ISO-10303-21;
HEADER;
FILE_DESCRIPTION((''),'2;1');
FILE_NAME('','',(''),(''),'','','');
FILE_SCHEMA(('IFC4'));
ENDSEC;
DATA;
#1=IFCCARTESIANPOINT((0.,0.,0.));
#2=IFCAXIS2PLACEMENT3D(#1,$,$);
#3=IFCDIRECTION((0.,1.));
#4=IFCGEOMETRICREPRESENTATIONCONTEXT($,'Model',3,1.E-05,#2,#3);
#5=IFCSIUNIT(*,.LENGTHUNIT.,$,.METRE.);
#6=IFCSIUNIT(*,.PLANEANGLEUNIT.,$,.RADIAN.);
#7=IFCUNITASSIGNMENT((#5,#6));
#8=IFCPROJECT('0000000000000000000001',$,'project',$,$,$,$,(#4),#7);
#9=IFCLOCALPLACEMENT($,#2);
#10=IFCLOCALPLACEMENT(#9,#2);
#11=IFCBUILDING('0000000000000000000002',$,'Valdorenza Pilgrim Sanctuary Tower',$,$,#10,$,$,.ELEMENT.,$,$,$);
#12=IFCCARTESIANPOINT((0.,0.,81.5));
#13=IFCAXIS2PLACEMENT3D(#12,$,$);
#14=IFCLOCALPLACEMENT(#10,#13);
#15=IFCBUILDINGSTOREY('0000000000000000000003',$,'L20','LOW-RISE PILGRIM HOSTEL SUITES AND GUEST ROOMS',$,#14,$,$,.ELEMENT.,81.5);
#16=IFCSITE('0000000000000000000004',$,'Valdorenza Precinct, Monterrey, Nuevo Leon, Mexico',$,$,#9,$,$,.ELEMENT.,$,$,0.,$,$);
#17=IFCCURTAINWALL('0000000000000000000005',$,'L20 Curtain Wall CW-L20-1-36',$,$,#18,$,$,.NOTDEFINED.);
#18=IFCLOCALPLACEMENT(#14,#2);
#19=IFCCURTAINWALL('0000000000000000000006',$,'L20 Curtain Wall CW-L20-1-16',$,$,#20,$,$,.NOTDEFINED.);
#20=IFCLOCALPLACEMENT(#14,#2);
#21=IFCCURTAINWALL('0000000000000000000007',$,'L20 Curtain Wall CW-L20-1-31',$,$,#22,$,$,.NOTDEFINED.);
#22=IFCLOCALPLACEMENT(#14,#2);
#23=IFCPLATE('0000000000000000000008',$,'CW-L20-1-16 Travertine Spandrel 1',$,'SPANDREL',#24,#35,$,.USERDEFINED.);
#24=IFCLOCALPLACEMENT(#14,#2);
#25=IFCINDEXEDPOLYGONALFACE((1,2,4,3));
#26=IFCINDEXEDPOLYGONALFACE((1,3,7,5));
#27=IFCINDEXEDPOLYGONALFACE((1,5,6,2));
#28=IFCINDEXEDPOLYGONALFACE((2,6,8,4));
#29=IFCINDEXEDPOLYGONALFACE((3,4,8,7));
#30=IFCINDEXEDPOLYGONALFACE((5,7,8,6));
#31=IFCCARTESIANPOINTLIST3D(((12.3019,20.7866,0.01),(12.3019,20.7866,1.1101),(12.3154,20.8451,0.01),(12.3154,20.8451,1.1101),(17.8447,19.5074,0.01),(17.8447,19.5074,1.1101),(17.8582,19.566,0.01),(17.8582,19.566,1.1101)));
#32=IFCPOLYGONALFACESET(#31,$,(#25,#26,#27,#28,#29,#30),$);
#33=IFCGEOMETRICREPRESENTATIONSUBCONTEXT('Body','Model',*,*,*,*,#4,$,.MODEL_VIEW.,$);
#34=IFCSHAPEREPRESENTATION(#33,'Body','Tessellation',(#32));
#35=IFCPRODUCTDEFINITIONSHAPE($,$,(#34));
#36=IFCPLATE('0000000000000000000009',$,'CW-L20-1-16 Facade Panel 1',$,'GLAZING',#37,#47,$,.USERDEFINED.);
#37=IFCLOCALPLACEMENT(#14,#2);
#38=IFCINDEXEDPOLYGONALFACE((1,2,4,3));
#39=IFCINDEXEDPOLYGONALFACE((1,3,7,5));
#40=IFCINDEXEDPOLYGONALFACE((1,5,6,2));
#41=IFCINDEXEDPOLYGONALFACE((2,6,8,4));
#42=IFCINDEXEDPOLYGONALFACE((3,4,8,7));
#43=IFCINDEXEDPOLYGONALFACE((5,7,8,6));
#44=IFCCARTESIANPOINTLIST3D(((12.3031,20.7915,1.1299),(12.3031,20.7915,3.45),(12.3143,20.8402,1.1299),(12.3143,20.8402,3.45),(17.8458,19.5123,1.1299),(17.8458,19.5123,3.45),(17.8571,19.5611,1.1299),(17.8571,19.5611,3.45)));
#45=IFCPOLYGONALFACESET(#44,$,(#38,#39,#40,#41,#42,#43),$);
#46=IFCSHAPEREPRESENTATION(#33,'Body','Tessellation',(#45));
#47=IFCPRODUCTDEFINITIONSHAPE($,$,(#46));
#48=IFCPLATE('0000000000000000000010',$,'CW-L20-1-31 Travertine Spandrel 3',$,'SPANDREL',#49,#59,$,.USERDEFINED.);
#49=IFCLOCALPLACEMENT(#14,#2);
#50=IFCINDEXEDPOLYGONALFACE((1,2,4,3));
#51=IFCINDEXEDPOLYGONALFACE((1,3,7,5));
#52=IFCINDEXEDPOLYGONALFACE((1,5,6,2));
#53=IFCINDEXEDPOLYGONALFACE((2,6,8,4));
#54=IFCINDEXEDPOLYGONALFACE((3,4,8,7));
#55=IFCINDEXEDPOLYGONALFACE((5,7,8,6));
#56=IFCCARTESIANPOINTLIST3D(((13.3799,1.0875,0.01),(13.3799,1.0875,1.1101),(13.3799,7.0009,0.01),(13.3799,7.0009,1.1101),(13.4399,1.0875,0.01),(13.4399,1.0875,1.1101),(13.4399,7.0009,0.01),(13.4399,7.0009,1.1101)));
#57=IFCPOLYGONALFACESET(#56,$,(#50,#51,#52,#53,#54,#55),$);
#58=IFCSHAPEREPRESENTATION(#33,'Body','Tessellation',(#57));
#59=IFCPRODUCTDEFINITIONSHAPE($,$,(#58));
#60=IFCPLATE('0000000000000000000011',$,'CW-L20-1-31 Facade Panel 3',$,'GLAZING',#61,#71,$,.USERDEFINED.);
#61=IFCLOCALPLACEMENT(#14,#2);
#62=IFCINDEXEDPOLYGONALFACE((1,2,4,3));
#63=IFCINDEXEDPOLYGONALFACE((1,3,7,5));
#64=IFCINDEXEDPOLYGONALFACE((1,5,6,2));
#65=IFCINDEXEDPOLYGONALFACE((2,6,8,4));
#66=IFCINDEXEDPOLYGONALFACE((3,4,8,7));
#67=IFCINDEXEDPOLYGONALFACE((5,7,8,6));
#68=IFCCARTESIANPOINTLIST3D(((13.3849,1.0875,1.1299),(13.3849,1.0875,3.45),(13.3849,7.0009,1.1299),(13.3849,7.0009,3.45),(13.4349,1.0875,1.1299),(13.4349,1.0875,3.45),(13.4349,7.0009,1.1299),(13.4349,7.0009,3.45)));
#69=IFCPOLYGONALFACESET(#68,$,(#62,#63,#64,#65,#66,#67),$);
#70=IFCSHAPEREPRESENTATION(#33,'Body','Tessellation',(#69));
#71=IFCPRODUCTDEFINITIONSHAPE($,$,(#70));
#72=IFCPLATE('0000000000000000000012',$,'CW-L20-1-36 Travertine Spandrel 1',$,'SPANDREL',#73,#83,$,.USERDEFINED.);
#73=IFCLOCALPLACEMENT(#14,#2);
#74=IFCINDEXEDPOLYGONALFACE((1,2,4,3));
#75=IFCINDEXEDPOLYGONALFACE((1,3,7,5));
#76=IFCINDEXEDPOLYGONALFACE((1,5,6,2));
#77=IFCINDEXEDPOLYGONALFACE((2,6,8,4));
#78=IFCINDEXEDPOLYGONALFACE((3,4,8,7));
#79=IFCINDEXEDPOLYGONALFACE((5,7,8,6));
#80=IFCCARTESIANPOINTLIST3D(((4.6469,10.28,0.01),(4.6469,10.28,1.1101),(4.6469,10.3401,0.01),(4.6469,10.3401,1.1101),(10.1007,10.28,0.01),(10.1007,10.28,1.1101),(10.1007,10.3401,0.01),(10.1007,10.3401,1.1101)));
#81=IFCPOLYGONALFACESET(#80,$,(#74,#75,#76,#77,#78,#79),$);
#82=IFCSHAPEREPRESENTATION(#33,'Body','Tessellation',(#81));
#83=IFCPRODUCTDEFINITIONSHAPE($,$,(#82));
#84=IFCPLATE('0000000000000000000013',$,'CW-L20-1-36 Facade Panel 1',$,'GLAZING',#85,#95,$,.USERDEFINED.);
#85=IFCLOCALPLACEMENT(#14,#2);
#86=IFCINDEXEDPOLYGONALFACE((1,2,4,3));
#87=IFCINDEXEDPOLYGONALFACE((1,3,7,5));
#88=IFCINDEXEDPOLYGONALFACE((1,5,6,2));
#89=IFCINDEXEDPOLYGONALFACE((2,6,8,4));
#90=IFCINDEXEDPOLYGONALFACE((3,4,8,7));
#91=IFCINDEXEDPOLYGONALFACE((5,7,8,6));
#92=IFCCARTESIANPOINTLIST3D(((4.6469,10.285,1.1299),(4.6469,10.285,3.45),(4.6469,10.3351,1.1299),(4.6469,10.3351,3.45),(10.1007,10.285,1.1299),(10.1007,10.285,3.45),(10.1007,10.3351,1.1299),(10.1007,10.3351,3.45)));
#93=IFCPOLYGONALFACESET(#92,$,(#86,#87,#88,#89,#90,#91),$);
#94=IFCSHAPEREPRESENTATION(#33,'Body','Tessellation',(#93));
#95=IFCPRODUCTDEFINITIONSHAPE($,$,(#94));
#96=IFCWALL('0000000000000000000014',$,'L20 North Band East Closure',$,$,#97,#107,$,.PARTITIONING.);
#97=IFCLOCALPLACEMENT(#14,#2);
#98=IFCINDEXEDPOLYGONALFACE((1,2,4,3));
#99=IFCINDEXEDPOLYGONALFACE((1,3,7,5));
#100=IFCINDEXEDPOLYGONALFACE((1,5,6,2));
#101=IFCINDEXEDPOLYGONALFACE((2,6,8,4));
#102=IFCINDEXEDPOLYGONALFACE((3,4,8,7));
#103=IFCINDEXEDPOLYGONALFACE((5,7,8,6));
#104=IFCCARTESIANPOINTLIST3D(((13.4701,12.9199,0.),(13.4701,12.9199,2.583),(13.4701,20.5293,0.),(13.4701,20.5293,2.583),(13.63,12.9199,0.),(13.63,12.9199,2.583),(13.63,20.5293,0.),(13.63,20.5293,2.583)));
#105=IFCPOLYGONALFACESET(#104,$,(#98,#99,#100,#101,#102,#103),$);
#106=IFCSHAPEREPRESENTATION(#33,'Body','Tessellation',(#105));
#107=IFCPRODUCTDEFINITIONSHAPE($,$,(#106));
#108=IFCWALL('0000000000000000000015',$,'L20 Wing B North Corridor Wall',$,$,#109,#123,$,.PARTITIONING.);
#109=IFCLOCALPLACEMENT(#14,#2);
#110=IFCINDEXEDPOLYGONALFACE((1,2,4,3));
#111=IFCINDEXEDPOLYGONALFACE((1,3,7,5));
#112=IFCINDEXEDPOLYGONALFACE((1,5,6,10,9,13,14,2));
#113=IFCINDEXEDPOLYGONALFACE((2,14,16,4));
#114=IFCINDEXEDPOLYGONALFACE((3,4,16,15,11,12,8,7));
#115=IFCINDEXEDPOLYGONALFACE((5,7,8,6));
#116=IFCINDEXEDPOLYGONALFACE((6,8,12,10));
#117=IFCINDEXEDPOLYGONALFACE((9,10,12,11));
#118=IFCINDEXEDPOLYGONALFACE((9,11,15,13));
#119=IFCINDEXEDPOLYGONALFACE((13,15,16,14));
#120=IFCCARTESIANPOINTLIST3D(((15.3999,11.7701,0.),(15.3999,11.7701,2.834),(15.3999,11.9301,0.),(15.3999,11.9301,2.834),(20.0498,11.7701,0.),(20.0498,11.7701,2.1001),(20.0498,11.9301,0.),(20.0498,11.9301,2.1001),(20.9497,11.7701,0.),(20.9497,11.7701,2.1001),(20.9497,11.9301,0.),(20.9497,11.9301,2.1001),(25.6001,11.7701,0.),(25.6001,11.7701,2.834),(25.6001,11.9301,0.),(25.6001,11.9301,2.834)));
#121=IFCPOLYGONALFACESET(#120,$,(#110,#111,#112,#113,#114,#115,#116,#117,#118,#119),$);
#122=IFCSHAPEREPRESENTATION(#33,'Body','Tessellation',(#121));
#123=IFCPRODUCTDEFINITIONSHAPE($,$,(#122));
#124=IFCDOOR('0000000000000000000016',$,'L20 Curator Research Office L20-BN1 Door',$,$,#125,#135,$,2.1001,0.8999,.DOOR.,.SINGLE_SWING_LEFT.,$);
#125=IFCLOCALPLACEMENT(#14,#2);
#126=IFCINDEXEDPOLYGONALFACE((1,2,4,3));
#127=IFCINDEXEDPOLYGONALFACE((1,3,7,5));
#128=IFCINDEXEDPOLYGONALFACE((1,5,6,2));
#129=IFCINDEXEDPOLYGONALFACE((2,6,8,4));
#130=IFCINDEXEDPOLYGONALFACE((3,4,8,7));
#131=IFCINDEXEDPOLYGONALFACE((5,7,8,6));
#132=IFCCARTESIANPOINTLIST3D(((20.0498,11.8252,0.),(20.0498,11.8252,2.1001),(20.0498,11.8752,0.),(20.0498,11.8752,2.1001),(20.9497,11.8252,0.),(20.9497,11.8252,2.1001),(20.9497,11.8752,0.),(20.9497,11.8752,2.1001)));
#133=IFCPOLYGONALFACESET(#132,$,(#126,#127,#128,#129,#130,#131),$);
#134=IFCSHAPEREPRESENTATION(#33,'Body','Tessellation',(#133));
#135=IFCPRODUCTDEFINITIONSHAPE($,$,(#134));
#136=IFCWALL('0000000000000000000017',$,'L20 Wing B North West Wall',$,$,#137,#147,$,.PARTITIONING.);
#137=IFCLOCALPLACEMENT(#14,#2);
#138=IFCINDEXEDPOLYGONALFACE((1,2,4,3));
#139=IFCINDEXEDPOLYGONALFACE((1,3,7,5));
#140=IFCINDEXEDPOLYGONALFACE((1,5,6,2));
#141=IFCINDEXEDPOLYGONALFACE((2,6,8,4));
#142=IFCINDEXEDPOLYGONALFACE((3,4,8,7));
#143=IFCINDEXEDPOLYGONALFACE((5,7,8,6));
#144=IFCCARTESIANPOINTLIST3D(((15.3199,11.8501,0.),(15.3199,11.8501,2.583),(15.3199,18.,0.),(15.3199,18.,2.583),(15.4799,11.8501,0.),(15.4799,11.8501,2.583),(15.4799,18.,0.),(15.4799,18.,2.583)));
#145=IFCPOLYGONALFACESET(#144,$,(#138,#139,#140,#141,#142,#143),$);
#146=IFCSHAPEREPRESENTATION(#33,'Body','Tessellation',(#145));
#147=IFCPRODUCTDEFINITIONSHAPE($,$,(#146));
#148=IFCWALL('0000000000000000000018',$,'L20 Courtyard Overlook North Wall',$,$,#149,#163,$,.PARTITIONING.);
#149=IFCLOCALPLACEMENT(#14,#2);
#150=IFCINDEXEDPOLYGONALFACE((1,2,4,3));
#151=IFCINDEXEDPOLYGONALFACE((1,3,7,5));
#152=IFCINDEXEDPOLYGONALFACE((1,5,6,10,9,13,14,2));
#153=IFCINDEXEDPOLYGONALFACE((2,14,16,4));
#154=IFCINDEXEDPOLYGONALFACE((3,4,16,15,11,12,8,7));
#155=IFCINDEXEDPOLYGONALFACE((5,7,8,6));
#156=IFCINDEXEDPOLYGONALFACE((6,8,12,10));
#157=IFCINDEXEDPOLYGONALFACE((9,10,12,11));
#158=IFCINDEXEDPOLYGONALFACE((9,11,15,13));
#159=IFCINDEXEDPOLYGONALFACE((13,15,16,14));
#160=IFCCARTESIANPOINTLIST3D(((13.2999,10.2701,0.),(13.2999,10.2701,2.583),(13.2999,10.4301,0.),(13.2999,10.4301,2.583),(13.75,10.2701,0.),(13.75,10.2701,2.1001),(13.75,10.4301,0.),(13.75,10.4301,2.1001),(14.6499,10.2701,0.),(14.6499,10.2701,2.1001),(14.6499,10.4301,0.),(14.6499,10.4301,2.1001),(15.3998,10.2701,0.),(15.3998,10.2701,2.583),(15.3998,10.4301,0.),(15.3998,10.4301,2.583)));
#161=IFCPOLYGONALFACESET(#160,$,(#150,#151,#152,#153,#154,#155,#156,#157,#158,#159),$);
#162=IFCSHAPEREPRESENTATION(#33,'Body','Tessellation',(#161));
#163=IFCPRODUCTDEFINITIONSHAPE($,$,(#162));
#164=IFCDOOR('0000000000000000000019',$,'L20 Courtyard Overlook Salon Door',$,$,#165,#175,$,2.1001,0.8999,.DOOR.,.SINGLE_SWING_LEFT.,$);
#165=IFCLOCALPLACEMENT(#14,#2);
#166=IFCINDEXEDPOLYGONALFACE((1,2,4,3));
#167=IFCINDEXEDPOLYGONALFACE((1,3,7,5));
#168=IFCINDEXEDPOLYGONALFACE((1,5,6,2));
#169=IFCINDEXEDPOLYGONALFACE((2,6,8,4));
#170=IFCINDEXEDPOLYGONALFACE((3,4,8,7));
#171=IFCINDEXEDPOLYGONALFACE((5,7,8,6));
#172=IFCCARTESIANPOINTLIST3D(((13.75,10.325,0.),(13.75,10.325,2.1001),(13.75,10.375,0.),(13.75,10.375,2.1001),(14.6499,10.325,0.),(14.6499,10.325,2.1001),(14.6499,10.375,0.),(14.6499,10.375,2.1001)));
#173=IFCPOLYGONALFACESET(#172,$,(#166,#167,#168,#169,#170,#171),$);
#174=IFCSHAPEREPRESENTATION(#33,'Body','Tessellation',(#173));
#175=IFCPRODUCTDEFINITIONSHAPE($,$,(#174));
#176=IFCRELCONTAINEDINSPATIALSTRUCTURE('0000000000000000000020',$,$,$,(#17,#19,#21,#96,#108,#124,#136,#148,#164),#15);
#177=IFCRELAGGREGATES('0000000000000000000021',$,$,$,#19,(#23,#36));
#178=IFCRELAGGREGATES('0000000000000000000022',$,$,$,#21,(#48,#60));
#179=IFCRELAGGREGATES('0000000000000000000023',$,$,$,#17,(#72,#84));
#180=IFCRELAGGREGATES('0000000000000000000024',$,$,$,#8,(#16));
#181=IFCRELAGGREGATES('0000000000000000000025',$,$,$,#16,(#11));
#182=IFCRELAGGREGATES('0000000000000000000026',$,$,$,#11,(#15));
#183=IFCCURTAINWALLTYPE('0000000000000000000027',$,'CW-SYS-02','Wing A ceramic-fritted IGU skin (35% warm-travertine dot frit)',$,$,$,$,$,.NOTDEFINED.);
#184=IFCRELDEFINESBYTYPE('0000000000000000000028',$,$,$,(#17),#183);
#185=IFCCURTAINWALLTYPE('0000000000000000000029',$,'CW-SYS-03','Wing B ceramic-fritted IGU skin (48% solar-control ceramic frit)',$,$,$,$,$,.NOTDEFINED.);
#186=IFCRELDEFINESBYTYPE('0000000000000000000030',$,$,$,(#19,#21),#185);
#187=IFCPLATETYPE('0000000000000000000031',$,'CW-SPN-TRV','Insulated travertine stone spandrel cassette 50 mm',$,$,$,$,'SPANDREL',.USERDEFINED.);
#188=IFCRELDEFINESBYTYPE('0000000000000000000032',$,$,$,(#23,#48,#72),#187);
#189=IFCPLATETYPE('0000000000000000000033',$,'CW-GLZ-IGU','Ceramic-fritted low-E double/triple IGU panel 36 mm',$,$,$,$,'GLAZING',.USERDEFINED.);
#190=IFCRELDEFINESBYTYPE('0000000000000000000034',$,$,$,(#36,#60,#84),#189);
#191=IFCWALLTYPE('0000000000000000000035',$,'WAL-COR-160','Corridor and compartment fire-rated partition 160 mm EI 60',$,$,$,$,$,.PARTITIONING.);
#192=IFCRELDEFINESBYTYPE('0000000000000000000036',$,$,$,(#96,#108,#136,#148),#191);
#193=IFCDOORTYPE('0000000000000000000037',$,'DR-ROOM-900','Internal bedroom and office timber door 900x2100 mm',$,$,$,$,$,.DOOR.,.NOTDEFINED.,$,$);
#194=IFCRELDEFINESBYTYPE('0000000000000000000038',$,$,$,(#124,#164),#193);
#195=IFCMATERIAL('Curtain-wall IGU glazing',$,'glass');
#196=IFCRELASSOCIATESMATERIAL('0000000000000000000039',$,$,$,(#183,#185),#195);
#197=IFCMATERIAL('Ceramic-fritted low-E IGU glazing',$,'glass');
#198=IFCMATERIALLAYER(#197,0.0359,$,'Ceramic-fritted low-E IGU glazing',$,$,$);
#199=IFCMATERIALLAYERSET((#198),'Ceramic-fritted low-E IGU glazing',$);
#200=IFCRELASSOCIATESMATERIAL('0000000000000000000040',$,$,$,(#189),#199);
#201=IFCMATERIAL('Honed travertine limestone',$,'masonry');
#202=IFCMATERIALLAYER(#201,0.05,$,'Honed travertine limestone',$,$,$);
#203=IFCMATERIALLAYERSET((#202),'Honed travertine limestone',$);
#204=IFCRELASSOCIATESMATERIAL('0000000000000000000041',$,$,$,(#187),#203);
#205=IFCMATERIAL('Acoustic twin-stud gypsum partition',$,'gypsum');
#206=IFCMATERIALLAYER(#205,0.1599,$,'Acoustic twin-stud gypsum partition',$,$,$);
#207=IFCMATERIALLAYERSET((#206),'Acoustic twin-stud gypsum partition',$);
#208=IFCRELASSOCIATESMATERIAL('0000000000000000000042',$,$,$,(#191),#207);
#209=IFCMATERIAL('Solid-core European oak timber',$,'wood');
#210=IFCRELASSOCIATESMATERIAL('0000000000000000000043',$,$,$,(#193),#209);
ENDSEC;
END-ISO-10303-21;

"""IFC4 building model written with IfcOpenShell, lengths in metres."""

from ifc_helpers import new_model, si_unit, direction, frame, frame_2d, origin, origin_2d, place, context, subcontext, project, spatial, rectangle, extrude, source, transform, mapped, material, layer, layer_set, type_object, element, fill, aggregate, save


model = new_model("IFC4")

# Units and contexts
model_context = context("Model", 3, precision=1e-05, world=origin(), true_north=direction((0.0, 1.0)))
body_context = subcontext(model_context, "Body", "Model", "MODEL_VIEW")
ifc_project = project(units=[si_unit("LENGTHUNIT", "METRE"), si_unit("PLANEANGLEUNIT", "RADIAN")], contexts=[model_context])

# Site, building, storey
site_placement = place(None, origin())
site = spatial("IfcSite", under=ifc_project, at=site_placement, Name="Valdorenza Precinct, Monterrey, Nuevo Leon, Mexico", CompositionType="ELEMENT", RefElevation=0.0)
building_placement = place(site_placement, origin())
building = spatial("IfcBuilding", under=site, at=building_placement, Name="Valdorenza Pilgrim Sanctuary Tower", CompositionType="ELEMENT")
storey_placement = place(building_placement, frame((0.0, 0.0, 81.5)))
storey = spatial("IfcBuildingStorey", under=building, at=storey_placement, Name="L20", Description="LOW-RISE PILGRIM HOSTEL SUITES AND GUEST ROOMS", CompositionType="ELEMENT", Elevation=81.5)

# Curtain wall
ifc_material_1 = material(Name="Curtain-wall IGU glazing", Category="glass")
curtain_wall_type_1 = type_object("IfcCurtainWallType", Name="CW-SYS-02", Description="Wing A ceramic-fritted IGU skin (35% warm-travertine dot frit)", PredefinedType="NOTDEFINED", material=ifc_material_1)
curtain_wall_1_placement = place(storey_placement, origin())
curtain_wall_1 = element("IfcCurtainWall", 1, at=curtain_wall_1_placement, inside=storey, type_object=curtain_wall_type_1, Name="L20 Curtain Wall CW-L20-1-36", PredefinedType="NOTDEFINED")

# Curtain wall
curtain_wall_type_2 = type_object("IfcCurtainWallType", Name="CW-SYS-03", Description="Wing B ceramic-fritted IGU skin (48% solar-control ceramic frit)", PredefinedType="NOTDEFINED", material=ifc_material_1)
curtain_wall_2_placement = place(storey_placement, origin())
curtain_wall_2 = element("IfcCurtainWall", 2, at=curtain_wall_2_placement, inside=storey, type_object=curtain_wall_type_2, Name="L20 Curtain Wall CW-L20-1-16", PredefinedType="NOTDEFINED")

# Curtain wall
curtain_wall_3_placement = place(storey_placement, origin())
curtain_wall_3 = element("IfcCurtainWall", 3, at=curtain_wall_3_placement, inside=storey, type_object=curtain_wall_type_2, Name="L20 Curtain Wall CW-L20-1-31", PredefinedType="NOTDEFINED")

# Plates
ifc_material_2 = material(Name="Ceramic-fritted low-E IGU glazing", Category="glass")
ifc_layer_1 = layer(ifc_material_2, 0.0359, Name="Ceramic-fritted low-E IGU glazing")
ifc_layer_set_1 = layer_set([ifc_layer_1], Name="Ceramic-fritted low-E IGU glazing")
plate_type_1 = type_object("IfcPlateType", Name="CW-GLZ-IGU", Description="Ceramic-fritted low-E double/triple IGU panel 36 mm", ElementType="GLAZING", PredefinedType="USERDEFINED", material=ifc_layer_set_1)
ifc_material_3 = material(Name="Honed travertine limestone", Category="masonry")
ifc_layer_2 = layer(ifc_material_3, 0.05, Name="Honed travertine limestone")
ifc_layer_set_2 = layer_set([ifc_layer_2], Name="Honed travertine limestone")
plate_type_2 = type_object("IfcPlateType", Name="CW-SPN-TRV", Description="Insulated travertine stone spandrel cassette 50 mm", ElementType="SPANDREL", PredefinedType="USERDEFINED", material=ifc_layer_set_2)
shared_shape_1 = source(origin(), body_context, "Body", "SweptSolid", [
    extrude(rectangle(XDim=5.6885, YDim=0.0601, at=origin_2d()), origin(), (0.0, 0.0, 1.0), 1.1001),
])
plate_1_placement = place(storey_placement, frame((15.0801, 20.1763, 0.01), z_axis=(0.0, 0.0, 1.0), x_axis=(0.97439, -0.224866, 0.0)))
plate_1 = element("IfcPlate", 4, at=plate_1_placement, type_object=plate_type_2, Name="CW-L20-1-16 Travertine Spandrel 1", ObjectType="SPANDREL", PredefinedType="USERDEFINED", context=body_context, shape_type="MappedRepresentation", body=[
    mapped(shared_shape_1, transform((0.0, 0.0, 0.0), x_axis=(1.0, 0.0, 0.0), y_axis=(0.0, 1.0, 0.0), z_axis=(0.0, 0.0, 1.0), scale=1.0)),
])
shared_shape_2 = source(origin(), body_context, "Body", "SweptSolid", [
    extrude(rectangle(XDim=5.6885, YDim=0.05, at=origin_2d()), origin(), (0.0, 0.0, 1.0), 2.3201),
])
plate_2_placement = place(storey_placement, frame((15.0801, 20.1763, 1.1299), z_axis=(0.0, 0.0, 1.0), x_axis=(0.97439, -0.224866, 0.0)))
plate_2 = element("IfcPlate", 5, at=plate_2_placement, type_object=plate_type_1, Name="CW-L20-1-16 Facade Panel 1", ObjectType="GLAZING", PredefinedType="USERDEFINED", context=body_context, shape_type="MappedRepresentation", body=[
    mapped(shared_shape_2, transform((0.0, 0.0, 0.0), x_axis=(1.0, 0.0, 0.0), y_axis=(0.0, 1.0, 0.0), z_axis=(0.0, 0.0, 1.0), scale=1.0)),
])
aggregate(curtain_wall_2, [plate_1, plate_2])
shared_shape_3 = source(origin(), body_context, "Body", "SweptSolid", [
    extrude(rectangle(XDim=5.9133, YDim=0.0601, at=origin_2d()), origin(), (0.0, 0.0, 1.0), 1.1001),
])
plate_3_placement = place(storey_placement, frame((13.4099, 4.0442, 0.01), z_axis=(0.0, 0.0, 1.0), x_axis=(0.0, 1.0, 0.0)))
plate_3 = element("IfcPlate", 6, at=plate_3_placement, type_object=plate_type_2, Name="CW-L20-1-31 Travertine Spandrel 3", ObjectType="SPANDREL", PredefinedType="USERDEFINED", context=body_context, shape_type="MappedRepresentation", body=[
    mapped(shared_shape_3, transform((0.0, 0.0, 0.0), x_axis=(1.0, 0.0, 0.0), y_axis=(0.0, 1.0, 0.0), z_axis=(0.0, 0.0, 1.0), scale=1.0)),
])
shared_shape_4 = source(origin(), body_context, "Body", "SweptSolid", [
    extrude(rectangle(XDim=5.9133, YDim=0.05, at=origin_2d()), origin(), (0.0, 0.0, 1.0), 2.3201),
])
plate_4_placement = place(storey_placement, frame((13.4099, 4.0442, 1.1299), z_axis=(0.0, 0.0, 1.0), x_axis=(0.0, 1.0, 0.0)))
plate_4 = element("IfcPlate", 7, at=plate_4_placement, type_object=plate_type_1, Name="CW-L20-1-31 Facade Panel 3", ObjectType="GLAZING", PredefinedType="USERDEFINED", context=body_context, shape_type="MappedRepresentation", body=[
    mapped(shared_shape_4, transform((0.0, 0.0, 0.0), x_axis=(1.0, 0.0, 0.0), y_axis=(0.0, 1.0, 0.0), z_axis=(0.0, 0.0, 1.0), scale=1.0)),
])
aggregate(curtain_wall_3, [plate_3, plate_4])
shared_shape_5 = source(origin(), body_context, "Body", "SweptSolid", [
    extrude(rectangle(XDim=5.4539, YDim=0.0601, at=origin_2d()), origin(), (0.0, 0.0, 1.0), 1.1001),
])
plate_5_placement = place(storey_placement, frame((7.3738, 10.3101, 0.01), z_axis=(0.0, 0.0, 1.0), x_axis=(-1.0, 0.0, 0.0)))
plate_5 = element("IfcPlate", 8, at=plate_5_placement, type_object=plate_type_2, Name="CW-L20-1-36 Travertine Spandrel 1", ObjectType="SPANDREL", PredefinedType="USERDEFINED", context=body_context, shape_type="MappedRepresentation", body=[
    mapped(shared_shape_5, transform((0.0, 0.0, 0.0), x_axis=(1.0, 0.0, 0.0), y_axis=(0.0, 1.0, 0.0), z_axis=(0.0, 0.0, 1.0), scale=1.0)),
])
shared_shape_6 = source(origin(), body_context, "Body", "SweptSolid", [
    extrude(rectangle(XDim=5.4539, YDim=0.05, at=origin_2d()), origin(), (0.0, 0.0, 1.0), 2.3201),
])
plate_6_placement = place(storey_placement, frame((7.3738, 10.3101, 1.1299), z_axis=(0.0, 0.0, 1.0), x_axis=(-1.0, 0.0, 0.0)))
plate_6 = element("IfcPlate", 9, at=plate_6_placement, type_object=plate_type_1, Name="CW-L20-1-36 Facade Panel 1", ObjectType="GLAZING", PredefinedType="USERDEFINED", context=body_context, shape_type="MappedRepresentation", body=[
    mapped(shared_shape_6, transform((0.0, 0.0, 0.0), x_axis=(1.0, 0.0, 0.0), y_axis=(0.0, 1.0, 0.0), z_axis=(0.0, 0.0, 1.0), scale=1.0)),
])
aggregate(curtain_wall_1, [plate_5, plate_6])

# Wall
ifc_material_4 = material(Name="Acoustic twin-stud gypsum partition", Category="gypsum")
ifc_layer_3 = layer(ifc_material_4, 0.1599, Name="Acoustic twin-stud gypsum partition")
ifc_layer_set_3 = layer_set([ifc_layer_3], Name="Acoustic twin-stud gypsum partition")
wall_type_1 = type_object("IfcWallType", Name="WAL-COR-160", Description="Corridor and compartment fire-rated partition 160 mm EI 60", PredefinedType="PARTITIONING", material=ifc_layer_set_3)
wall_1_placement = place(storey_placement, frame((13.55, 12.9199, 0.0), z_axis=(0.0, 0.0, 1.0), x_axis=(0.0, 1.0, 0.0)))
element("IfcWall", 10, at=wall_1_placement, inside=storey, type_object=wall_type_1, Name="L20 North Band East Closure", PredefinedType="PARTITIONING", context=body_context, shape_type="SweptSolid", body=[
    extrude(rectangle(XDim=7.6094, YDim=0.1599, at=frame_2d((3.8047, 0.0))), origin(), (0.0, 0.0, 1.0), 2.583),
])

# Wall, opening, door
wall_2_placement = place(storey_placement, frame((15.3999, 11.8501, 0.0), z_axis=(0.0, 0.0, 1.0), x_axis=(1.0, 0.0, 0.0)))
wall_2 = element("IfcWall", 11, at=wall_2_placement, inside=storey, type_object=wall_type_1, Name="L20 Wing B North Corridor Wall", PredefinedType="PARTITIONING", context=body_context, shape_type="SweptSolid", body=[
    extrude(rectangle(XDim=10.2002, YDim=0.1599, at=frame_2d((5.1001, 0.0))), origin(), (0.0, 0.0, 1.0), 2.834),
])
opening_1_placement = place(wall_2_placement, frame((4.6499, 0.0, 0.0)))
opening_1 = element("IfcOpeningElement", 12, at=opening_1_placement, cuts=wall_2, PredefinedType="OPENING", context=body_context, shape_type="SweptSolid", body=[
    extrude(rectangle(XDim=0.8999, YDim=2.1001, at=frame_2d((0.45, 1.05))), frame((0.0, 0.0947, 0.0), z_axis=(0.0, -1.0, 0.0), x_axis=(1.0, 0.0, 0.0)), (0.0, 0.0, 1.0), 0.1897),
])
ifc_material_5 = material(Name="Solid-core European oak timber", Category="wood")
door_type = type_object("IfcDoorType", Name="DR-ROOM-900", Description="Internal bedroom and office timber door 900x2100 mm", OperationType="NOTDEFINED", PredefinedType="DOOR", material=ifc_material_5)
door_1_placement = place(opening_1_placement, frame((0.8999, 0.0, 0.0), z_axis=(0.0, 0.0, 1.0), x_axis=(-1.0, 0.0, 0.0)))
door_1 = element("IfcDoor", 13, at=door_1_placement, inside=storey, type_object=door_type, Name="L20 Curator Research Office L20-BN1 Door", OperationType="SINGLE_SWING_LEFT", OverallHeight=2.1001, OverallWidth=0.8999, PredefinedType="DOOR", context=body_context, shape_type="SweptSolid", body=[
    extrude(rectangle(XDim=0.8999, YDim=2.1001, at=frame_2d((0.45, 1.05))), frame((0.0, 0.0249, 0.0), z_axis=(0.0, -1.0, 0.0), x_axis=(1.0, 0.0, 0.0)), (0.0, 0.0, 1.0), 0.05),
])
fill(opening_1, door_1)

# Wall
wall_3_placement = place(storey_placement, frame((15.3999, 11.8501, 0.0), z_axis=(0.0, 0.0, 1.0), x_axis=(0.0, 1.0, 0.0)))
element("IfcWall", 14, at=wall_3_placement, inside=storey, type_object=wall_type_1, Name="L20 Wing B North West Wall", PredefinedType="PARTITIONING", context=body_context, shape_type="SweptSolid", body=[
    extrude(rectangle(XDim=6.1499, YDim=0.1599, at=frame_2d((3.075, 0.0))), origin(), (0.0, 0.0, 1.0), 2.583),
])

# Wall, opening, door
wall_4_placement = place(storey_placement, frame((13.3, 10.3501, 0.0), z_axis=(0.0, 0.0, 1.0), x_axis=(1.0, 0.0, 0.0)))
wall_4 = element("IfcWall", 15, at=wall_4_placement, inside=storey, type_object=wall_type_1, Name="L20 Courtyard Overlook North Wall", PredefinedType="PARTITIONING", context=body_context, shape_type="SweptSolid", body=[
    extrude(rectangle(XDim=2.0999, YDim=0.1599, at=frame_2d((1.0498, 0.0))), origin(), (0.0, 0.0, 1.0), 2.583),
])
opening_2_placement = place(wall_4_placement, frame((0.45, 0.0, 0.0)))
opening_2 = element("IfcOpeningElement", 16, at=opening_2_placement, cuts=wall_4, PredefinedType="OPENING", context=body_context, shape_type="SweptSolid", body=[
    extrude(rectangle(XDim=0.8999, YDim=2.1001, at=frame_2d((0.45, 1.05))), frame((0.0, 0.0947, 0.0), z_axis=(0.0, -1.0, 0.0), x_axis=(1.0, 0.0, 0.0)), (0.0, 0.0, 1.0), 0.1897),
])
door_2_placement = place(opening_2_placement, origin())
door_2 = element("IfcDoor", 17, at=door_2_placement, inside=storey, type_object=door_type, Name="L20 Courtyard Overlook Salon Door", OperationType="SINGLE_SWING_LEFT", OverallHeight=2.1001, OverallWidth=0.8999, PredefinedType="DOOR", context=body_context, shape_type="SweptSolid", body=[
    extrude(rectangle(XDim=0.8999, YDim=2.1001, at=frame_2d((0.45, 1.05))), frame((0.0, 0.0249, 0.0), z_axis=(0.0, -1.0, 0.0), x_axis=(1.0, 0.0, 0.0)), (0.0, 0.0, 1.0), 0.05),
])
fill(opening_2, door_2)

save(model, "model.ifc")
